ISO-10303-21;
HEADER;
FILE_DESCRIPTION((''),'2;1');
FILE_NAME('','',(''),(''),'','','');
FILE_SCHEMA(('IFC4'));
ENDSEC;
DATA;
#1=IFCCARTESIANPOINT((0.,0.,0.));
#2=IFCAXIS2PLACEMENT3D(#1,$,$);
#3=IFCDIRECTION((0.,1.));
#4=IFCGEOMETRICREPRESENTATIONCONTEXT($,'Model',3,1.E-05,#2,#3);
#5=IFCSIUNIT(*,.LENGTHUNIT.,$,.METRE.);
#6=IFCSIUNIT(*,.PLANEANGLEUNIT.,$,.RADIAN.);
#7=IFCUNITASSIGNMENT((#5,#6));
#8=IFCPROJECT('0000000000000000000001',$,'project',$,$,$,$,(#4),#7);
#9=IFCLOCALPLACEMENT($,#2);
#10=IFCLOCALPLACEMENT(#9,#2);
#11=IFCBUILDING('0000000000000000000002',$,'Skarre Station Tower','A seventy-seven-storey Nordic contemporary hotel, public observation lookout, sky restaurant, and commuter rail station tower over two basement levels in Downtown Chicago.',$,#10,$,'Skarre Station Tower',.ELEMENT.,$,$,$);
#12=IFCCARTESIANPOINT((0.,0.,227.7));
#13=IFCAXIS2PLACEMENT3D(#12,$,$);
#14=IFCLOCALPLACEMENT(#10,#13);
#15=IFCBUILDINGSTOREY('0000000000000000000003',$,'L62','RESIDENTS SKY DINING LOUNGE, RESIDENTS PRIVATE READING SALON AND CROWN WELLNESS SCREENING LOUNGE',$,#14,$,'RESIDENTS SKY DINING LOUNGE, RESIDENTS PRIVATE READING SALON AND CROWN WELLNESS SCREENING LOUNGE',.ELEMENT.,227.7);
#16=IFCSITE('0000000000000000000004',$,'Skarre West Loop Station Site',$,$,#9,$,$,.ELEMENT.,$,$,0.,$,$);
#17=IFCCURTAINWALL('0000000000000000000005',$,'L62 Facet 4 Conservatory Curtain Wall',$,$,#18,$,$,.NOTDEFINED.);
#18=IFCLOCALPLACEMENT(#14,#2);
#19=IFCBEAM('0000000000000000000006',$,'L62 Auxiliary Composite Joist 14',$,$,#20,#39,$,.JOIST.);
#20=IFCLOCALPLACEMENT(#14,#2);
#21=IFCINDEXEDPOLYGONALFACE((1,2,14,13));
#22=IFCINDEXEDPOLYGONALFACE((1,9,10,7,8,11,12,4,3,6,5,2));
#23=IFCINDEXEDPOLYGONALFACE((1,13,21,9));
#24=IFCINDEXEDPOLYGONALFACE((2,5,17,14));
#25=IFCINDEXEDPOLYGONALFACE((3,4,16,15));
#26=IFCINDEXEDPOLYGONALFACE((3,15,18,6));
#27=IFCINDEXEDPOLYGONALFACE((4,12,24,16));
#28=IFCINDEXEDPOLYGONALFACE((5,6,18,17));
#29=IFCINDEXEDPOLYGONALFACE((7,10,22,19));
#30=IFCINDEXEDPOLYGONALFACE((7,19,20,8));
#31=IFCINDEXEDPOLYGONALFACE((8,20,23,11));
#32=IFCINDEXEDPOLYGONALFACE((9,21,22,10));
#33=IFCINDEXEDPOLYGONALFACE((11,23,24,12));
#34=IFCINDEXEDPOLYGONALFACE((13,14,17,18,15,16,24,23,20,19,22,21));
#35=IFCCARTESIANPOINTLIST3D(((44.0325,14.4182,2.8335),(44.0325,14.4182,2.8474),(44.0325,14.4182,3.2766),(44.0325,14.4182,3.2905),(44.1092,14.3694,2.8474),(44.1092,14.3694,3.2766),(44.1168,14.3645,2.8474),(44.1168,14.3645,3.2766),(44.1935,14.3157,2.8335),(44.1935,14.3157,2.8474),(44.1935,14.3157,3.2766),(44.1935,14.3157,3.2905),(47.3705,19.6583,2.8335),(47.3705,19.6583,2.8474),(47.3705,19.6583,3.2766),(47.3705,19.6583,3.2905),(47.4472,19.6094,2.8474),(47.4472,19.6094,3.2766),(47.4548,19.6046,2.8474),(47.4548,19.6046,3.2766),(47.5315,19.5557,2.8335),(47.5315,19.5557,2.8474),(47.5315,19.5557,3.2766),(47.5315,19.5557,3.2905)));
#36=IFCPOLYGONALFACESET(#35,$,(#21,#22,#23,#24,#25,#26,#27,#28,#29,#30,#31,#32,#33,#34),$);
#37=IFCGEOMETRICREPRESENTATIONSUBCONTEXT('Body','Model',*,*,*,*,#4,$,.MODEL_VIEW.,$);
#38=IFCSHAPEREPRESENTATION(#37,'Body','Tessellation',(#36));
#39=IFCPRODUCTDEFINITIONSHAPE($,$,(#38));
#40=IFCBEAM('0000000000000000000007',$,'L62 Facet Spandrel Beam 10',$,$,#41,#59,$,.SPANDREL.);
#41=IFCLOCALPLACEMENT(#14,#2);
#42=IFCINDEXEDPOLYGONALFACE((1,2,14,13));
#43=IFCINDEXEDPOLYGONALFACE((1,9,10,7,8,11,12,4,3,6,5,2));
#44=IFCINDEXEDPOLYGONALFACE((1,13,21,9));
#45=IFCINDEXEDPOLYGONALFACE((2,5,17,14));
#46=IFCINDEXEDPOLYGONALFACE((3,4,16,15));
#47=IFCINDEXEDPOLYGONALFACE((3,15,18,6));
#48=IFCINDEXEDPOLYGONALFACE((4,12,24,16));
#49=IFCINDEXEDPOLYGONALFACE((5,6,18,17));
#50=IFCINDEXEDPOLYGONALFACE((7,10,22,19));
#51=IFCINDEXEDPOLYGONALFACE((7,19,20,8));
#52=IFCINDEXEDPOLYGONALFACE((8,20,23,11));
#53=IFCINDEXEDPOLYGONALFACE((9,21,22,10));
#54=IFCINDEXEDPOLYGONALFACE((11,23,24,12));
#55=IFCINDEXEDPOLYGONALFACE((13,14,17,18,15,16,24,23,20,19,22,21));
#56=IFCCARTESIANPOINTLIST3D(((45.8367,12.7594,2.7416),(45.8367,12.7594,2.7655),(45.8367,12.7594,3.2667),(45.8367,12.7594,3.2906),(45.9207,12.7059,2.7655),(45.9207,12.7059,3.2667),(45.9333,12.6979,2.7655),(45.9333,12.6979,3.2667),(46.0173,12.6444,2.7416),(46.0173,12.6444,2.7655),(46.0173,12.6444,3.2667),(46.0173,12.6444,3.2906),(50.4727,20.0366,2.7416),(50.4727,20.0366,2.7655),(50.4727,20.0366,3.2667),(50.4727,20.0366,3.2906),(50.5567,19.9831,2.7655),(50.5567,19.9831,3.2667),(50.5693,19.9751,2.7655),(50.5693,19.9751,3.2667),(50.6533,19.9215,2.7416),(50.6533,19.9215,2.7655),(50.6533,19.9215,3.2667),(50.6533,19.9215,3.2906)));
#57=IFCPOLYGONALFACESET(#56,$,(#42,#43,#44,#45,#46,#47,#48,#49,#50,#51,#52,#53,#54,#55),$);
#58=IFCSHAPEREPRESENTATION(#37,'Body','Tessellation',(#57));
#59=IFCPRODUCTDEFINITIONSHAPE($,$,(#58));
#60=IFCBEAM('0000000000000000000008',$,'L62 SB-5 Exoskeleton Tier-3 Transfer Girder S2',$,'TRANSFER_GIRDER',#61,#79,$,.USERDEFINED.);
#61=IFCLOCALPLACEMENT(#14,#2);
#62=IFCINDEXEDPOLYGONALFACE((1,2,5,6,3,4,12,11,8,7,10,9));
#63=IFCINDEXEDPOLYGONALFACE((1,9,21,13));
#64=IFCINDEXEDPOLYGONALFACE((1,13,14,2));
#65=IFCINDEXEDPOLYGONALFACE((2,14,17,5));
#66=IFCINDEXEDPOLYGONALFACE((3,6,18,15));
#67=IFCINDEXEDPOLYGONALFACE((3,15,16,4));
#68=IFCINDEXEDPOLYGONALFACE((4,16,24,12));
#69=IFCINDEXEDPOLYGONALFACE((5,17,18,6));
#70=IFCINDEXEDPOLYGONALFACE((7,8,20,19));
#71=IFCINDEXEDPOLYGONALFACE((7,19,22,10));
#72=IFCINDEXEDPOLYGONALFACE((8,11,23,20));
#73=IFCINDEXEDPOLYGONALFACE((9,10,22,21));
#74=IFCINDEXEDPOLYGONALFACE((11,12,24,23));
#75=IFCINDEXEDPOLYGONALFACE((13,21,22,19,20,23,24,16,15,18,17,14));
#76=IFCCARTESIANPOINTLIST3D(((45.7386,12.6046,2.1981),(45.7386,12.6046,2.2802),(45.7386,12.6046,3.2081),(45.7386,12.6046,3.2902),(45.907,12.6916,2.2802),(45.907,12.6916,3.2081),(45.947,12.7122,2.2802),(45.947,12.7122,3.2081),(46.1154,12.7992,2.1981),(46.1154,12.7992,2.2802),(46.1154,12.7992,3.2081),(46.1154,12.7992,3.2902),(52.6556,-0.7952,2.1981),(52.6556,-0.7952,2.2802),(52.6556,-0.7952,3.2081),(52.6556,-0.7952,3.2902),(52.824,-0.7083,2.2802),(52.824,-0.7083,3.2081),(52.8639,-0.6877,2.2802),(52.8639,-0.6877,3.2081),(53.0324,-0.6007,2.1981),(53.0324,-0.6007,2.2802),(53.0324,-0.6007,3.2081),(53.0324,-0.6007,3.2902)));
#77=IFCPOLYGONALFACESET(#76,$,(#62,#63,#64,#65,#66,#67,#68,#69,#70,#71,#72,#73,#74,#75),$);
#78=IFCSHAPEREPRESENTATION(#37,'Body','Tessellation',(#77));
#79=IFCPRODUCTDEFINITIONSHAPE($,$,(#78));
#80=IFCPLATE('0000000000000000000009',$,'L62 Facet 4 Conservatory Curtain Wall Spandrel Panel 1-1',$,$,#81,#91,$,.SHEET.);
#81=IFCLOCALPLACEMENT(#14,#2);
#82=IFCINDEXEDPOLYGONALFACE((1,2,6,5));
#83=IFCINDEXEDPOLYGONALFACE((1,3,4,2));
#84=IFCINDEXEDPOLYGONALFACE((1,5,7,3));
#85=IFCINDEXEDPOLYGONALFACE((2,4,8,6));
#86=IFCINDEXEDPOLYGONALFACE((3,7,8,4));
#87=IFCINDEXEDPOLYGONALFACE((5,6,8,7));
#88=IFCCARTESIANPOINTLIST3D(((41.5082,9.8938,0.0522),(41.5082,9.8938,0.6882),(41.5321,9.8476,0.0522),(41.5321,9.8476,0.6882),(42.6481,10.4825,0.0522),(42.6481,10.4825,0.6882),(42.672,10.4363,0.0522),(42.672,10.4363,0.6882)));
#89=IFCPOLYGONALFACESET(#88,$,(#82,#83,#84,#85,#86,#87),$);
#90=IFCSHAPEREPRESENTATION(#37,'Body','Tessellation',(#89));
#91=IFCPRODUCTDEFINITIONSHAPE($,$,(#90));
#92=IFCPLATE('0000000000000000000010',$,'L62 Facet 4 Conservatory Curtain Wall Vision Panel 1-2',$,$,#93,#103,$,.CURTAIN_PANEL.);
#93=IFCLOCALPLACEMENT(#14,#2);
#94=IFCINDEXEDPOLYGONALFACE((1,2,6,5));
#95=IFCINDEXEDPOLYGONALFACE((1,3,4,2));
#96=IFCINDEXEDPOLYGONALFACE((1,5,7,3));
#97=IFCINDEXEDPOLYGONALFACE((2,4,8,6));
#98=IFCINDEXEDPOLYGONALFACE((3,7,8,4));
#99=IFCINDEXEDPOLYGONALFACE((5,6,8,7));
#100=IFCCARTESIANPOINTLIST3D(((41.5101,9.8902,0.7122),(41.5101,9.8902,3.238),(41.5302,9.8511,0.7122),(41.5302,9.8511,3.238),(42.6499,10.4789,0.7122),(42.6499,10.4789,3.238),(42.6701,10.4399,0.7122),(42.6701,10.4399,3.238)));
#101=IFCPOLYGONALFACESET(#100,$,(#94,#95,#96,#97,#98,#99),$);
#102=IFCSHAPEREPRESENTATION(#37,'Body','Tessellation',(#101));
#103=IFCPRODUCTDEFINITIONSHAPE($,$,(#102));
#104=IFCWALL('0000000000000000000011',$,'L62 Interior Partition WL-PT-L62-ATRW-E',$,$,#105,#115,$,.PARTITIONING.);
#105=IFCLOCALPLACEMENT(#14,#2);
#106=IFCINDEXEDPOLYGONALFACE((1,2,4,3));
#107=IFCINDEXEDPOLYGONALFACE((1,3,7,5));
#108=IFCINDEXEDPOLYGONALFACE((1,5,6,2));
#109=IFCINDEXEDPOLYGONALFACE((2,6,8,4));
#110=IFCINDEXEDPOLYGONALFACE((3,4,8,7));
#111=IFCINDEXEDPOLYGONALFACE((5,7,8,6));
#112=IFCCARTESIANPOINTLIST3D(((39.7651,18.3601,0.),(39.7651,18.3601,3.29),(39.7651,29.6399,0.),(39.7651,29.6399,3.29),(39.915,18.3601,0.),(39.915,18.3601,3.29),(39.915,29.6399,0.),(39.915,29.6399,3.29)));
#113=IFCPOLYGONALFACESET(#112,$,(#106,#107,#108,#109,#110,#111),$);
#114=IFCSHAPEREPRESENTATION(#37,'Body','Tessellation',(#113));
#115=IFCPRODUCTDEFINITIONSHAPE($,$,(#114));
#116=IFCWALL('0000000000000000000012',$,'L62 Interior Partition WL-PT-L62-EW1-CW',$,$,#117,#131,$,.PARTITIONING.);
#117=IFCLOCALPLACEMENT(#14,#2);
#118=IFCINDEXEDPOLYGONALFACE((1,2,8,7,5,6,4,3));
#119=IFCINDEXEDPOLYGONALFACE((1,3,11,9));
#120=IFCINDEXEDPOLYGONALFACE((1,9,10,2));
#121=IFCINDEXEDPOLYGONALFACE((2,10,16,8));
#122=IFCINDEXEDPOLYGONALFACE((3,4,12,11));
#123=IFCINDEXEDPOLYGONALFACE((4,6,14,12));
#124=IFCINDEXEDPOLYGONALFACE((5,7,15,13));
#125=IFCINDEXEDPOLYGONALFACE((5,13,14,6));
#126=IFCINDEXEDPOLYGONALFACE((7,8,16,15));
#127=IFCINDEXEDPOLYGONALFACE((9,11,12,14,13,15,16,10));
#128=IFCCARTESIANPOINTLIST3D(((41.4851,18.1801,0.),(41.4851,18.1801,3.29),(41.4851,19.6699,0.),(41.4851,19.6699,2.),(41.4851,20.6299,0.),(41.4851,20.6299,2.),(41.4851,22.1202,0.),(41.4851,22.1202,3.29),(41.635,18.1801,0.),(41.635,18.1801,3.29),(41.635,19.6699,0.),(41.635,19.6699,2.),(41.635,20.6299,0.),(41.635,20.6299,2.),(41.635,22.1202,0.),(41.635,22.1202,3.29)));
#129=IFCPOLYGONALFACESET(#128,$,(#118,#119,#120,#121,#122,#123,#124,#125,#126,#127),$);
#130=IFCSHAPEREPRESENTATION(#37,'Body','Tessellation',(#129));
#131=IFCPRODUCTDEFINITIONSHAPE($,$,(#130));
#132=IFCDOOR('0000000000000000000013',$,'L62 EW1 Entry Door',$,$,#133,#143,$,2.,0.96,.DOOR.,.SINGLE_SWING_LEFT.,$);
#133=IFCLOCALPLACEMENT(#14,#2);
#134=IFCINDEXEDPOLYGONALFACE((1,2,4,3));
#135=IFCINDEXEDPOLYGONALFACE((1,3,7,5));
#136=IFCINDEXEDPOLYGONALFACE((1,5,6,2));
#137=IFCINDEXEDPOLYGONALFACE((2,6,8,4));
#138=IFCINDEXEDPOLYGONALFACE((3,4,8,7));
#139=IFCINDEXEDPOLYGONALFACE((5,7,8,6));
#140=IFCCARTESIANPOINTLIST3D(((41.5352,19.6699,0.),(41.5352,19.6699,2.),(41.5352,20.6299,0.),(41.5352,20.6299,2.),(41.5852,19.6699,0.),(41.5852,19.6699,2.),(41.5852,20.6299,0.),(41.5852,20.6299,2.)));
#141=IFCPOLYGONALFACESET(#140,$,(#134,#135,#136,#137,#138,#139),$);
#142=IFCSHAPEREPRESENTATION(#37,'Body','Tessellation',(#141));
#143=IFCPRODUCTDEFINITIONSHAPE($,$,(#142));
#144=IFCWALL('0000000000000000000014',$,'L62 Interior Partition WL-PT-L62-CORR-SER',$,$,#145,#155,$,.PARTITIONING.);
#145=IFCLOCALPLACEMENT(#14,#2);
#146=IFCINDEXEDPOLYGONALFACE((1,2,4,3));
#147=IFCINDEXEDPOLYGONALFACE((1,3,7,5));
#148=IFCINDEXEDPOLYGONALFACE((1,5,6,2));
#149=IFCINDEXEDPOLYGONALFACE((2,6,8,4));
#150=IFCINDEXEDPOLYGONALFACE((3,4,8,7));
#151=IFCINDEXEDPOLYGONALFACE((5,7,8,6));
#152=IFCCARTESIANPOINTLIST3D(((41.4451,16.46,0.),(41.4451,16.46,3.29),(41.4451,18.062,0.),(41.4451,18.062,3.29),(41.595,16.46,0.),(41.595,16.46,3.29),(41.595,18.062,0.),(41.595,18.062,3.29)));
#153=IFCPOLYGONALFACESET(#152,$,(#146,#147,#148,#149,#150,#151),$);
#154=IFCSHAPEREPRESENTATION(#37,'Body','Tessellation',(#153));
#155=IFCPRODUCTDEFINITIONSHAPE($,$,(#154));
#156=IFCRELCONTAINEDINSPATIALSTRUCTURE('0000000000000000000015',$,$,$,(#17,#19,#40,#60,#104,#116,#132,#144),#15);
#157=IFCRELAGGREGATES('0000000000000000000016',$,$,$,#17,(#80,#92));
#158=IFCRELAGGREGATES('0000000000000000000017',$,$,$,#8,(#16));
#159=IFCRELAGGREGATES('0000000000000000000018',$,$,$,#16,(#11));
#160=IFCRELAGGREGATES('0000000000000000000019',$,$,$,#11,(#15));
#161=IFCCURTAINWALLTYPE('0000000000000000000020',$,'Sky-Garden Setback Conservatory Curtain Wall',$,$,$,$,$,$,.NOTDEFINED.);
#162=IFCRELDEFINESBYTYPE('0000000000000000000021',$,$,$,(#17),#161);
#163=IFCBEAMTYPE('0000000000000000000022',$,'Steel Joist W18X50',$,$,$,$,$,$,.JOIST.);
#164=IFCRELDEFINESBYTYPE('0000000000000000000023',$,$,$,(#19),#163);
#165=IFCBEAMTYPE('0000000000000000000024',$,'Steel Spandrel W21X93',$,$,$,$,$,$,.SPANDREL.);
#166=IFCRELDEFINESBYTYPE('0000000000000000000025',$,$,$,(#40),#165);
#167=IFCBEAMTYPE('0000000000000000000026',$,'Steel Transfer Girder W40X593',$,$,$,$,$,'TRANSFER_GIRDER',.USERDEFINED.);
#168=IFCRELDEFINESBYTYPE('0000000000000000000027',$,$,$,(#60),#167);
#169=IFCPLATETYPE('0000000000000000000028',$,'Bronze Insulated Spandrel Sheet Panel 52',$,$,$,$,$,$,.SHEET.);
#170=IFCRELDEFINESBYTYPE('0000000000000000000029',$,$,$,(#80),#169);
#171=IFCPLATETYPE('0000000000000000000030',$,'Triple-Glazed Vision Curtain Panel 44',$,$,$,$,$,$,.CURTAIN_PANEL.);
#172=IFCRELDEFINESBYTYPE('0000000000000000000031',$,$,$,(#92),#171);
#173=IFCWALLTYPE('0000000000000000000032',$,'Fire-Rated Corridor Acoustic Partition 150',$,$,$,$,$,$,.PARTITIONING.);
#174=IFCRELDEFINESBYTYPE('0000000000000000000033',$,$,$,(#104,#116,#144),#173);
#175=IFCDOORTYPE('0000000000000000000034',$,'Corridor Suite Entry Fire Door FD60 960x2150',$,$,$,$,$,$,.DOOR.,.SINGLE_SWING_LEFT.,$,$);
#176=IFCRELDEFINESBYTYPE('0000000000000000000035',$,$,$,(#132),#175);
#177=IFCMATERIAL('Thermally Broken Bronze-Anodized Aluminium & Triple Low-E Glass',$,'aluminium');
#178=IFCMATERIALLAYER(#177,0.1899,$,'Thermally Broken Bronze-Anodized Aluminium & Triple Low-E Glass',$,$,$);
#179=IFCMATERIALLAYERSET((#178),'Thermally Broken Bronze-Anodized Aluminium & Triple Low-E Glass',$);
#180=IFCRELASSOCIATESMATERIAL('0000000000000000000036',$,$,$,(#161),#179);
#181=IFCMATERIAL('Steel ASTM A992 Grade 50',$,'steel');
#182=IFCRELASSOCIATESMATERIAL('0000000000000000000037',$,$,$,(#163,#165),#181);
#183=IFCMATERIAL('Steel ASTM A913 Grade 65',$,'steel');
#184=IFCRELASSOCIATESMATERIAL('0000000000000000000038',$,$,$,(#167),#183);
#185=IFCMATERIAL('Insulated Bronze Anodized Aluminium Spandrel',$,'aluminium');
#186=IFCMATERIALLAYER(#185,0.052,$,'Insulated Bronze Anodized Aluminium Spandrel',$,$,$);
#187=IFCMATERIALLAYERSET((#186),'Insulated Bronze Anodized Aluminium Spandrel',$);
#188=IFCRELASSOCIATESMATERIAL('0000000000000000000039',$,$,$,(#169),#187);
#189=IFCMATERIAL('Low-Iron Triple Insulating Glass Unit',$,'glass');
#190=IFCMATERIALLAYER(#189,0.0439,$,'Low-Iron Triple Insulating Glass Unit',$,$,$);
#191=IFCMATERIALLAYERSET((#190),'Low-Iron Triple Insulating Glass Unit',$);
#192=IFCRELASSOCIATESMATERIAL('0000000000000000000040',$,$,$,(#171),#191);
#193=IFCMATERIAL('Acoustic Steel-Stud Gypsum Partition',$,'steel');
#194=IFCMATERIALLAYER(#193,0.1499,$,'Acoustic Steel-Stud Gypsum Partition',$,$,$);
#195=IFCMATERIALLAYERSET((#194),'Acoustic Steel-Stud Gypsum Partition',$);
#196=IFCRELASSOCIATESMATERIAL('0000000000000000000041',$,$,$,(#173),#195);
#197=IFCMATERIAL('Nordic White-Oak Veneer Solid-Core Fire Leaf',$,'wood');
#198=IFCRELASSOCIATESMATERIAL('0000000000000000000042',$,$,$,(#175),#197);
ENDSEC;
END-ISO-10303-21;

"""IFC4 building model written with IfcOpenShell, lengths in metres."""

from ifc_helpers import new_model, si_unit, direction, frame, frame_2d, origin, origin_2d, place, context, subcontext, project, spatial, rectangle, i_section, extrude, material, layer, layer_set, material_profile, profile_set, type_object, element, fill, aggregate, save


model = new_model("IFC4")

# Units and contexts
model_context = context("Model", 3, precision=1e-05, world=origin(), true_north=direction((0.0, 1.0)))
body_context = subcontext(model_context, "Body", "Model", "MODEL_VIEW")
ifc_project = project(units=[si_unit("LENGTHUNIT", "METRE"), si_unit("PLANEANGLEUNIT", "RADIAN")], contexts=[model_context])

# Site, building, storey
site_placement = place(None, origin())
site = spatial("IfcSite", under=ifc_project, at=site_placement, Name="Skarre West Loop Station Site", CompositionType="ELEMENT", RefElevation=0.0)
building_placement = place(site_placement, origin())
building = spatial("IfcBuilding", under=site, at=building_placement, Name="Skarre Station Tower", Description="A seventy-seven-storey Nordic contemporary hotel, public observation lookout, sky restaurant, and commuter rail station tower over two basement levels in Downtown Chicago.", LongName="Skarre Station Tower", CompositionType="ELEMENT")
storey_placement = place(building_placement, frame((0.0, 0.0, 227.7)))
storey = spatial("IfcBuildingStorey", under=building, at=storey_placement, Name="L62", Description="RESIDENTS SKY DINING LOUNGE, RESIDENTS PRIVATE READING SALON AND CROWN WELLNESS SCREENING LOUNGE", LongName="RESIDENTS SKY DINING LOUNGE, RESIDENTS PRIVATE READING SALON AND CROWN WELLNESS SCREENING LOUNGE", CompositionType="ELEMENT", Elevation=227.7)

# Curtain wall
ifc_material_1 = material(Name="Thermally Broken Bronze-Anodized Aluminium & Triple Low-E Glass", Category="aluminium")
ifc_layer_1 = layer(ifc_material_1, 0.1899, Name="Thermally Broken Bronze-Anodized Aluminium & Triple Low-E Glass")
ifc_layer_set_1 = layer_set([ifc_layer_1], Name="Thermally Broken Bronze-Anodized Aluminium & Triple Low-E Glass")
curtain_wall_type = type_object("IfcCurtainWallType", Name="Sky-Garden Setback Conservatory Curtain Wall", PredefinedType="NOTDEFINED", material=ifc_layer_set_1)
curtain_wall_placement = place(storey_placement, origin())
curtain_wall = element("IfcCurtainWall", 1, at=curtain_wall_placement, inside=storey, type_object=curtain_wall_type, Name="L62 Facet 4 Conservatory Curtain Wall", PredefinedType="NOTDEFINED")

# Beams
ifc_material_2 = material(Name="Steel ASTM A992 Grade 50", Category="steel")
ifc_material_profile_1 = material_profile(ifc_material_2, i_section(OverallWidth=0.1909, OverallDepth=0.457, WebThickness=0.009, FlangeThickness=0.0139, at=origin_2d()), Name="Steel ASTM A992 Grade 50")
ifc_profile_set_1 = profile_set([ifc_material_profile_1], Name="Steel ASTM A992 Grade 50")
beam_type_1 = type_object("IfcBeamType", Name="Steel Joist W18X50", PredefinedType="JOIST", material=ifc_profile_set_1)
beam_1_placement = place(storey_placement, frame((44.113, 14.3669, 3.062), z_axis=(0.537259, 0.843417, 0.0), x_axis=(-0.843417, 0.537259, 0.0)))
element("IfcBeam", 2, at=beam_1_placement, inside=storey, type_object=beam_type_1, Name="L62 Auxiliary Composite Joist 14", PredefinedType="JOIST", context=body_context, shape_type="SweptSolid", body=[
    extrude(i_section(OverallWidth=0.1909, OverallDepth=0.457, WebThickness=0.009, FlangeThickness=0.0139, at=origin_2d()), origin(), (0.0, 0.0, 1.0), 6.2129),
])
ifc_material_profile_2 = material_profile(ifc_material_2, i_section(OverallWidth=0.2141, OverallDepth=0.5491, WebThickness=0.0149, FlangeThickness=0.0239, at=origin_2d()), Name="Steel ASTM A992 Grade 50")
ifc_profile_set_2 = profile_set([ifc_material_profile_2], Name="Steel ASTM A992 Grade 50")
beam_type_2 = type_object("IfcBeamType", Name="Steel Spandrel W21X93", PredefinedType="SPANDREL", material=ifc_profile_set_2)
beam_2_placement = place(storey_placement, frame((45.927, 12.7019, 3.0161), z_axis=(0.537297, 0.843393, 0.0), x_axis=(-0.843393, 0.537297, 0.0)))
element("IfcBeam", 3, at=beam_2_placement, inside=storey, type_object=beam_type_2, Name="L62 Facet Spandrel Beam 10", PredefinedType="SPANDREL", context=body_context, shape_type="SweptSolid", body=[
    extrude(i_section(OverallWidth=0.2141, OverallDepth=0.5491, WebThickness=0.0149, FlangeThickness=0.0239, at=origin_2d()), origin(), (0.0, 0.0, 1.0), 8.6284),
])
ifc_material_3 = material(Name="Steel ASTM A913 Grade 65", Category="steel")
ifc_material_profile_3 = material_profile(ifc_material_3, i_section(OverallWidth=0.4241, OverallDepth=1.092, WebThickness=0.0449, FlangeThickness=0.082, at=origin_2d()), Name="Steel ASTM A913 Grade 65")
ifc_profile_set_3 = profile_set([ifc_material_profile_3], Name="Steel ASTM A913 Grade 65")
beam_type_3 = type_object("IfcBeamType", Name="Steel Transfer Girder W40X593", ElementType="TRANSFER_GIRDER", PredefinedType="USERDEFINED", material=ifc_profile_set_3)
beam_3_placement = place(storey_placement, frame((45.927, 12.7019, 2.7441), z_axis=(0.458691, -0.888596, 0.0), x_axis=(0.888596, 0.458691, 0.0)))
element("IfcBeam", 4, at=beam_3_placement, inside=storey, type_object=beam_type_3, Name="L62 SB-5 Exoskeleton Tier-3 Transfer Girder S2", ObjectType="TRANSFER_GIRDER", PredefinedType="USERDEFINED", context=body_context, shape_type="SweptSolid", body=[
    extrude(i_section(OverallWidth=0.4241, OverallDepth=1.092, WebThickness=0.0449, FlangeThickness=0.082, at=origin_2d()), origin(), (0.0, 0.0, 1.0), 15.0798),
])

# Plates
ifc_material_4 = material(Name="Insulated Bronze Anodized Aluminium Spandrel", Category="aluminium")
ifc_layer_2 = layer(ifc_material_4, 0.052, Name="Insulated Bronze Anodized Aluminium Spandrel")
ifc_layer_set_2 = layer_set([ifc_layer_2], Name="Insulated Bronze Anodized Aluminium Spandrel")
plate_type_1 = type_object("IfcPlateType", Name="Bronze Insulated Spandrel Sheet Panel 52", PredefinedType="SHEET", material=ifc_layer_set_2)
plate_1_placement = place(storey_placement, frame((42.0901, 10.165, 0.0522), z_axis=(0.0, 0.0, 1.0), x_axis=(-0.888481, -0.458913, 0.0)))
plate_1 = element("IfcPlate", 5, at=plate_1_placement, type_object=plate_type_1, Name="L62 Facet 4 Conservatory Curtain Wall Spandrel Panel 1-1", PredefinedType="SHEET", context=body_context, shape_type="SweptSolid", body=[
    extrude(rectangle(XDim=1.283, YDim=0.052, at=origin_2d()), origin(), (0.0, 0.0, 1.0), 0.636),
])
ifc_material_5 = material(Name="Low-Iron Triple Insulating Glass Unit", Category="glass")
ifc_layer_3 = layer(ifc_material_5, 0.0439, Name="Low-Iron Triple Insulating Glass Unit")
ifc_layer_set_3 = layer_set([ifc_layer_3], Name="Low-Iron Triple Insulating Glass Unit")
plate_type_2 = type_object("IfcPlateType", Name="Triple-Glazed Vision Curtain Panel 44", PredefinedType="CURTAIN_PANEL", material=ifc_layer_set_3)
plate_2_placement = place(storey_placement, frame((42.0901, 10.165, 0.7122), z_axis=(0.0, 0.0, 1.0), x_axis=(-0.888481, -0.458913, 0.0)))
plate_2 = element("IfcPlate", 6, at=plate_2_placement, type_object=plate_type_2, Name="L62 Facet 4 Conservatory Curtain Wall Vision Panel 1-2", PredefinedType="CURTAIN_PANEL", context=body_context, shape_type="SweptSolid", body=[
    extrude(rectangle(XDim=1.283, YDim=0.0439, at=origin_2d()), origin(), (0.0, 0.0, 1.0), 2.5259),
])
aggregate(curtain_wall, [plate_1, plate_2])

# Wall
ifc_material_6 = material(Name="Acoustic Steel-Stud Gypsum Partition", Category="steel")
ifc_layer_4 = layer(ifc_material_6, 0.1499, Name="Acoustic Steel-Stud Gypsum Partition")
ifc_layer_set_4 = layer_set([ifc_layer_4], Name="Acoustic Steel-Stud Gypsum Partition")
wall_type_1 = type_object("IfcWallType", Name="Fire-Rated Corridor Acoustic Partition 150", PredefinedType="PARTITIONING", material=ifc_layer_set_4)
wall_1_placement = place(storey_placement, frame((39.8401, 18.3601, 0.0), z_axis=(0.0, 0.0, 1.0), x_axis=(0.0, 1.0, 0.0)))
element("IfcWall", 7, at=wall_1_placement, inside=storey, type_object=wall_type_1, Name="L62 Interior Partition WL-PT-L62-ATRW-E", PredefinedType="PARTITIONING", context=body_context, shape_type="SweptSolid", body=[
    extrude(rectangle(XDim=11.2798, YDim=0.1499, at=frame_2d((5.6399, 0.0))), origin(), (0.0, 0.0, 1.0), 3.29),
])

# Wall, opening, door
wall_2_placement = place(storey_placement, frame((41.5601, 18.1799, 0.0), z_axis=(0.0, 0.0, 1.0), x_axis=(0.0, 1.0, 0.0)))
wall_2 = element("IfcWall", 8, at=wall_2_placement, inside=storey, type_object=wall_type_1, Name="L62 Interior Partition WL-PT-L62-EW1-CW", PredefinedType="PARTITIONING", context=body_context, shape_type="SweptSolid", body=[
    extrude(rectangle(XDim=3.9402, YDim=0.1499, at=frame_2d((1.9702, 0.0))), origin(), (0.0, 0.0, 1.0), 3.29),
])
opening_1_placement = place(wall_2_placement, frame((1.49, 0.0, 0.0)))
opening_1 = element("IfcOpeningElement", 9, at=opening_1_placement, cuts=wall_2, PredefinedType="OPENING", context=body_context, shape_type="SweptSolid", body=[
    extrude(rectangle(XDim=0.96, YDim=2.0, at=frame_2d((0.48, 1.0))), frame((0.0, 0.085, 0.0), z_axis=(0.0, -1.0, 0.0), x_axis=(1.0, 0.0, 0.0)), (0.0, 0.0, 1.0), 0.1699),
])
ifc_material_7 = material(Name="Nordic White-Oak Veneer Solid-Core Fire Leaf", Category="wood")
door_type_1 = type_object("IfcDoorType", Name="Corridor Suite Entry Fire Door FD60 960x2150", OperationType="SINGLE_SWING_LEFT", PredefinedType="DOOR", material=ifc_material_7)
door_1_placement = place(opening_1_placement, origin())
door_1 = element("IfcDoor", 10, at=door_1_placement, inside=storey, type_object=door_type_1, Name="L62 EW1 Entry Door", OperationType="SINGLE_SWING_LEFT", OverallHeight=2.0, OverallWidth=0.96, PredefinedType="DOOR", context=body_context, shape_type="SweptSolid", body=[
    extrude(rectangle(XDim=0.96, YDim=2.0, at=frame_2d((0.48, 1.0))), frame((0.0, 0.0249, 0.0), z_axis=(0.0, -1.0, 0.0), x_axis=(1.0, 0.0, 0.0)), (0.0, 0.0, 1.0), 0.05),
])
fill(opening_1, door_1)

# Wall
wall_3_placement = place(storey_placement, frame((41.52, 16.46, 0.0), z_axis=(0.0, 0.0, 1.0), x_axis=(0.0, 1.0, 0.0)))
element("IfcWall", 11, at=wall_3_placement, inside=storey, type_object=wall_type_1, Name="L62 Interior Partition WL-PT-L62-CORR-SER", PredefinedType="PARTITIONING", context=body_context, shape_type="SweptSolid", body=[
    extrude(rectangle(XDim=1.6021, YDim=0.1499, at=frame_2d((0.801, 0.0))), origin(), (0.0, 0.0, 1.0), 3.29),
])

save(model, "model.ifc")
